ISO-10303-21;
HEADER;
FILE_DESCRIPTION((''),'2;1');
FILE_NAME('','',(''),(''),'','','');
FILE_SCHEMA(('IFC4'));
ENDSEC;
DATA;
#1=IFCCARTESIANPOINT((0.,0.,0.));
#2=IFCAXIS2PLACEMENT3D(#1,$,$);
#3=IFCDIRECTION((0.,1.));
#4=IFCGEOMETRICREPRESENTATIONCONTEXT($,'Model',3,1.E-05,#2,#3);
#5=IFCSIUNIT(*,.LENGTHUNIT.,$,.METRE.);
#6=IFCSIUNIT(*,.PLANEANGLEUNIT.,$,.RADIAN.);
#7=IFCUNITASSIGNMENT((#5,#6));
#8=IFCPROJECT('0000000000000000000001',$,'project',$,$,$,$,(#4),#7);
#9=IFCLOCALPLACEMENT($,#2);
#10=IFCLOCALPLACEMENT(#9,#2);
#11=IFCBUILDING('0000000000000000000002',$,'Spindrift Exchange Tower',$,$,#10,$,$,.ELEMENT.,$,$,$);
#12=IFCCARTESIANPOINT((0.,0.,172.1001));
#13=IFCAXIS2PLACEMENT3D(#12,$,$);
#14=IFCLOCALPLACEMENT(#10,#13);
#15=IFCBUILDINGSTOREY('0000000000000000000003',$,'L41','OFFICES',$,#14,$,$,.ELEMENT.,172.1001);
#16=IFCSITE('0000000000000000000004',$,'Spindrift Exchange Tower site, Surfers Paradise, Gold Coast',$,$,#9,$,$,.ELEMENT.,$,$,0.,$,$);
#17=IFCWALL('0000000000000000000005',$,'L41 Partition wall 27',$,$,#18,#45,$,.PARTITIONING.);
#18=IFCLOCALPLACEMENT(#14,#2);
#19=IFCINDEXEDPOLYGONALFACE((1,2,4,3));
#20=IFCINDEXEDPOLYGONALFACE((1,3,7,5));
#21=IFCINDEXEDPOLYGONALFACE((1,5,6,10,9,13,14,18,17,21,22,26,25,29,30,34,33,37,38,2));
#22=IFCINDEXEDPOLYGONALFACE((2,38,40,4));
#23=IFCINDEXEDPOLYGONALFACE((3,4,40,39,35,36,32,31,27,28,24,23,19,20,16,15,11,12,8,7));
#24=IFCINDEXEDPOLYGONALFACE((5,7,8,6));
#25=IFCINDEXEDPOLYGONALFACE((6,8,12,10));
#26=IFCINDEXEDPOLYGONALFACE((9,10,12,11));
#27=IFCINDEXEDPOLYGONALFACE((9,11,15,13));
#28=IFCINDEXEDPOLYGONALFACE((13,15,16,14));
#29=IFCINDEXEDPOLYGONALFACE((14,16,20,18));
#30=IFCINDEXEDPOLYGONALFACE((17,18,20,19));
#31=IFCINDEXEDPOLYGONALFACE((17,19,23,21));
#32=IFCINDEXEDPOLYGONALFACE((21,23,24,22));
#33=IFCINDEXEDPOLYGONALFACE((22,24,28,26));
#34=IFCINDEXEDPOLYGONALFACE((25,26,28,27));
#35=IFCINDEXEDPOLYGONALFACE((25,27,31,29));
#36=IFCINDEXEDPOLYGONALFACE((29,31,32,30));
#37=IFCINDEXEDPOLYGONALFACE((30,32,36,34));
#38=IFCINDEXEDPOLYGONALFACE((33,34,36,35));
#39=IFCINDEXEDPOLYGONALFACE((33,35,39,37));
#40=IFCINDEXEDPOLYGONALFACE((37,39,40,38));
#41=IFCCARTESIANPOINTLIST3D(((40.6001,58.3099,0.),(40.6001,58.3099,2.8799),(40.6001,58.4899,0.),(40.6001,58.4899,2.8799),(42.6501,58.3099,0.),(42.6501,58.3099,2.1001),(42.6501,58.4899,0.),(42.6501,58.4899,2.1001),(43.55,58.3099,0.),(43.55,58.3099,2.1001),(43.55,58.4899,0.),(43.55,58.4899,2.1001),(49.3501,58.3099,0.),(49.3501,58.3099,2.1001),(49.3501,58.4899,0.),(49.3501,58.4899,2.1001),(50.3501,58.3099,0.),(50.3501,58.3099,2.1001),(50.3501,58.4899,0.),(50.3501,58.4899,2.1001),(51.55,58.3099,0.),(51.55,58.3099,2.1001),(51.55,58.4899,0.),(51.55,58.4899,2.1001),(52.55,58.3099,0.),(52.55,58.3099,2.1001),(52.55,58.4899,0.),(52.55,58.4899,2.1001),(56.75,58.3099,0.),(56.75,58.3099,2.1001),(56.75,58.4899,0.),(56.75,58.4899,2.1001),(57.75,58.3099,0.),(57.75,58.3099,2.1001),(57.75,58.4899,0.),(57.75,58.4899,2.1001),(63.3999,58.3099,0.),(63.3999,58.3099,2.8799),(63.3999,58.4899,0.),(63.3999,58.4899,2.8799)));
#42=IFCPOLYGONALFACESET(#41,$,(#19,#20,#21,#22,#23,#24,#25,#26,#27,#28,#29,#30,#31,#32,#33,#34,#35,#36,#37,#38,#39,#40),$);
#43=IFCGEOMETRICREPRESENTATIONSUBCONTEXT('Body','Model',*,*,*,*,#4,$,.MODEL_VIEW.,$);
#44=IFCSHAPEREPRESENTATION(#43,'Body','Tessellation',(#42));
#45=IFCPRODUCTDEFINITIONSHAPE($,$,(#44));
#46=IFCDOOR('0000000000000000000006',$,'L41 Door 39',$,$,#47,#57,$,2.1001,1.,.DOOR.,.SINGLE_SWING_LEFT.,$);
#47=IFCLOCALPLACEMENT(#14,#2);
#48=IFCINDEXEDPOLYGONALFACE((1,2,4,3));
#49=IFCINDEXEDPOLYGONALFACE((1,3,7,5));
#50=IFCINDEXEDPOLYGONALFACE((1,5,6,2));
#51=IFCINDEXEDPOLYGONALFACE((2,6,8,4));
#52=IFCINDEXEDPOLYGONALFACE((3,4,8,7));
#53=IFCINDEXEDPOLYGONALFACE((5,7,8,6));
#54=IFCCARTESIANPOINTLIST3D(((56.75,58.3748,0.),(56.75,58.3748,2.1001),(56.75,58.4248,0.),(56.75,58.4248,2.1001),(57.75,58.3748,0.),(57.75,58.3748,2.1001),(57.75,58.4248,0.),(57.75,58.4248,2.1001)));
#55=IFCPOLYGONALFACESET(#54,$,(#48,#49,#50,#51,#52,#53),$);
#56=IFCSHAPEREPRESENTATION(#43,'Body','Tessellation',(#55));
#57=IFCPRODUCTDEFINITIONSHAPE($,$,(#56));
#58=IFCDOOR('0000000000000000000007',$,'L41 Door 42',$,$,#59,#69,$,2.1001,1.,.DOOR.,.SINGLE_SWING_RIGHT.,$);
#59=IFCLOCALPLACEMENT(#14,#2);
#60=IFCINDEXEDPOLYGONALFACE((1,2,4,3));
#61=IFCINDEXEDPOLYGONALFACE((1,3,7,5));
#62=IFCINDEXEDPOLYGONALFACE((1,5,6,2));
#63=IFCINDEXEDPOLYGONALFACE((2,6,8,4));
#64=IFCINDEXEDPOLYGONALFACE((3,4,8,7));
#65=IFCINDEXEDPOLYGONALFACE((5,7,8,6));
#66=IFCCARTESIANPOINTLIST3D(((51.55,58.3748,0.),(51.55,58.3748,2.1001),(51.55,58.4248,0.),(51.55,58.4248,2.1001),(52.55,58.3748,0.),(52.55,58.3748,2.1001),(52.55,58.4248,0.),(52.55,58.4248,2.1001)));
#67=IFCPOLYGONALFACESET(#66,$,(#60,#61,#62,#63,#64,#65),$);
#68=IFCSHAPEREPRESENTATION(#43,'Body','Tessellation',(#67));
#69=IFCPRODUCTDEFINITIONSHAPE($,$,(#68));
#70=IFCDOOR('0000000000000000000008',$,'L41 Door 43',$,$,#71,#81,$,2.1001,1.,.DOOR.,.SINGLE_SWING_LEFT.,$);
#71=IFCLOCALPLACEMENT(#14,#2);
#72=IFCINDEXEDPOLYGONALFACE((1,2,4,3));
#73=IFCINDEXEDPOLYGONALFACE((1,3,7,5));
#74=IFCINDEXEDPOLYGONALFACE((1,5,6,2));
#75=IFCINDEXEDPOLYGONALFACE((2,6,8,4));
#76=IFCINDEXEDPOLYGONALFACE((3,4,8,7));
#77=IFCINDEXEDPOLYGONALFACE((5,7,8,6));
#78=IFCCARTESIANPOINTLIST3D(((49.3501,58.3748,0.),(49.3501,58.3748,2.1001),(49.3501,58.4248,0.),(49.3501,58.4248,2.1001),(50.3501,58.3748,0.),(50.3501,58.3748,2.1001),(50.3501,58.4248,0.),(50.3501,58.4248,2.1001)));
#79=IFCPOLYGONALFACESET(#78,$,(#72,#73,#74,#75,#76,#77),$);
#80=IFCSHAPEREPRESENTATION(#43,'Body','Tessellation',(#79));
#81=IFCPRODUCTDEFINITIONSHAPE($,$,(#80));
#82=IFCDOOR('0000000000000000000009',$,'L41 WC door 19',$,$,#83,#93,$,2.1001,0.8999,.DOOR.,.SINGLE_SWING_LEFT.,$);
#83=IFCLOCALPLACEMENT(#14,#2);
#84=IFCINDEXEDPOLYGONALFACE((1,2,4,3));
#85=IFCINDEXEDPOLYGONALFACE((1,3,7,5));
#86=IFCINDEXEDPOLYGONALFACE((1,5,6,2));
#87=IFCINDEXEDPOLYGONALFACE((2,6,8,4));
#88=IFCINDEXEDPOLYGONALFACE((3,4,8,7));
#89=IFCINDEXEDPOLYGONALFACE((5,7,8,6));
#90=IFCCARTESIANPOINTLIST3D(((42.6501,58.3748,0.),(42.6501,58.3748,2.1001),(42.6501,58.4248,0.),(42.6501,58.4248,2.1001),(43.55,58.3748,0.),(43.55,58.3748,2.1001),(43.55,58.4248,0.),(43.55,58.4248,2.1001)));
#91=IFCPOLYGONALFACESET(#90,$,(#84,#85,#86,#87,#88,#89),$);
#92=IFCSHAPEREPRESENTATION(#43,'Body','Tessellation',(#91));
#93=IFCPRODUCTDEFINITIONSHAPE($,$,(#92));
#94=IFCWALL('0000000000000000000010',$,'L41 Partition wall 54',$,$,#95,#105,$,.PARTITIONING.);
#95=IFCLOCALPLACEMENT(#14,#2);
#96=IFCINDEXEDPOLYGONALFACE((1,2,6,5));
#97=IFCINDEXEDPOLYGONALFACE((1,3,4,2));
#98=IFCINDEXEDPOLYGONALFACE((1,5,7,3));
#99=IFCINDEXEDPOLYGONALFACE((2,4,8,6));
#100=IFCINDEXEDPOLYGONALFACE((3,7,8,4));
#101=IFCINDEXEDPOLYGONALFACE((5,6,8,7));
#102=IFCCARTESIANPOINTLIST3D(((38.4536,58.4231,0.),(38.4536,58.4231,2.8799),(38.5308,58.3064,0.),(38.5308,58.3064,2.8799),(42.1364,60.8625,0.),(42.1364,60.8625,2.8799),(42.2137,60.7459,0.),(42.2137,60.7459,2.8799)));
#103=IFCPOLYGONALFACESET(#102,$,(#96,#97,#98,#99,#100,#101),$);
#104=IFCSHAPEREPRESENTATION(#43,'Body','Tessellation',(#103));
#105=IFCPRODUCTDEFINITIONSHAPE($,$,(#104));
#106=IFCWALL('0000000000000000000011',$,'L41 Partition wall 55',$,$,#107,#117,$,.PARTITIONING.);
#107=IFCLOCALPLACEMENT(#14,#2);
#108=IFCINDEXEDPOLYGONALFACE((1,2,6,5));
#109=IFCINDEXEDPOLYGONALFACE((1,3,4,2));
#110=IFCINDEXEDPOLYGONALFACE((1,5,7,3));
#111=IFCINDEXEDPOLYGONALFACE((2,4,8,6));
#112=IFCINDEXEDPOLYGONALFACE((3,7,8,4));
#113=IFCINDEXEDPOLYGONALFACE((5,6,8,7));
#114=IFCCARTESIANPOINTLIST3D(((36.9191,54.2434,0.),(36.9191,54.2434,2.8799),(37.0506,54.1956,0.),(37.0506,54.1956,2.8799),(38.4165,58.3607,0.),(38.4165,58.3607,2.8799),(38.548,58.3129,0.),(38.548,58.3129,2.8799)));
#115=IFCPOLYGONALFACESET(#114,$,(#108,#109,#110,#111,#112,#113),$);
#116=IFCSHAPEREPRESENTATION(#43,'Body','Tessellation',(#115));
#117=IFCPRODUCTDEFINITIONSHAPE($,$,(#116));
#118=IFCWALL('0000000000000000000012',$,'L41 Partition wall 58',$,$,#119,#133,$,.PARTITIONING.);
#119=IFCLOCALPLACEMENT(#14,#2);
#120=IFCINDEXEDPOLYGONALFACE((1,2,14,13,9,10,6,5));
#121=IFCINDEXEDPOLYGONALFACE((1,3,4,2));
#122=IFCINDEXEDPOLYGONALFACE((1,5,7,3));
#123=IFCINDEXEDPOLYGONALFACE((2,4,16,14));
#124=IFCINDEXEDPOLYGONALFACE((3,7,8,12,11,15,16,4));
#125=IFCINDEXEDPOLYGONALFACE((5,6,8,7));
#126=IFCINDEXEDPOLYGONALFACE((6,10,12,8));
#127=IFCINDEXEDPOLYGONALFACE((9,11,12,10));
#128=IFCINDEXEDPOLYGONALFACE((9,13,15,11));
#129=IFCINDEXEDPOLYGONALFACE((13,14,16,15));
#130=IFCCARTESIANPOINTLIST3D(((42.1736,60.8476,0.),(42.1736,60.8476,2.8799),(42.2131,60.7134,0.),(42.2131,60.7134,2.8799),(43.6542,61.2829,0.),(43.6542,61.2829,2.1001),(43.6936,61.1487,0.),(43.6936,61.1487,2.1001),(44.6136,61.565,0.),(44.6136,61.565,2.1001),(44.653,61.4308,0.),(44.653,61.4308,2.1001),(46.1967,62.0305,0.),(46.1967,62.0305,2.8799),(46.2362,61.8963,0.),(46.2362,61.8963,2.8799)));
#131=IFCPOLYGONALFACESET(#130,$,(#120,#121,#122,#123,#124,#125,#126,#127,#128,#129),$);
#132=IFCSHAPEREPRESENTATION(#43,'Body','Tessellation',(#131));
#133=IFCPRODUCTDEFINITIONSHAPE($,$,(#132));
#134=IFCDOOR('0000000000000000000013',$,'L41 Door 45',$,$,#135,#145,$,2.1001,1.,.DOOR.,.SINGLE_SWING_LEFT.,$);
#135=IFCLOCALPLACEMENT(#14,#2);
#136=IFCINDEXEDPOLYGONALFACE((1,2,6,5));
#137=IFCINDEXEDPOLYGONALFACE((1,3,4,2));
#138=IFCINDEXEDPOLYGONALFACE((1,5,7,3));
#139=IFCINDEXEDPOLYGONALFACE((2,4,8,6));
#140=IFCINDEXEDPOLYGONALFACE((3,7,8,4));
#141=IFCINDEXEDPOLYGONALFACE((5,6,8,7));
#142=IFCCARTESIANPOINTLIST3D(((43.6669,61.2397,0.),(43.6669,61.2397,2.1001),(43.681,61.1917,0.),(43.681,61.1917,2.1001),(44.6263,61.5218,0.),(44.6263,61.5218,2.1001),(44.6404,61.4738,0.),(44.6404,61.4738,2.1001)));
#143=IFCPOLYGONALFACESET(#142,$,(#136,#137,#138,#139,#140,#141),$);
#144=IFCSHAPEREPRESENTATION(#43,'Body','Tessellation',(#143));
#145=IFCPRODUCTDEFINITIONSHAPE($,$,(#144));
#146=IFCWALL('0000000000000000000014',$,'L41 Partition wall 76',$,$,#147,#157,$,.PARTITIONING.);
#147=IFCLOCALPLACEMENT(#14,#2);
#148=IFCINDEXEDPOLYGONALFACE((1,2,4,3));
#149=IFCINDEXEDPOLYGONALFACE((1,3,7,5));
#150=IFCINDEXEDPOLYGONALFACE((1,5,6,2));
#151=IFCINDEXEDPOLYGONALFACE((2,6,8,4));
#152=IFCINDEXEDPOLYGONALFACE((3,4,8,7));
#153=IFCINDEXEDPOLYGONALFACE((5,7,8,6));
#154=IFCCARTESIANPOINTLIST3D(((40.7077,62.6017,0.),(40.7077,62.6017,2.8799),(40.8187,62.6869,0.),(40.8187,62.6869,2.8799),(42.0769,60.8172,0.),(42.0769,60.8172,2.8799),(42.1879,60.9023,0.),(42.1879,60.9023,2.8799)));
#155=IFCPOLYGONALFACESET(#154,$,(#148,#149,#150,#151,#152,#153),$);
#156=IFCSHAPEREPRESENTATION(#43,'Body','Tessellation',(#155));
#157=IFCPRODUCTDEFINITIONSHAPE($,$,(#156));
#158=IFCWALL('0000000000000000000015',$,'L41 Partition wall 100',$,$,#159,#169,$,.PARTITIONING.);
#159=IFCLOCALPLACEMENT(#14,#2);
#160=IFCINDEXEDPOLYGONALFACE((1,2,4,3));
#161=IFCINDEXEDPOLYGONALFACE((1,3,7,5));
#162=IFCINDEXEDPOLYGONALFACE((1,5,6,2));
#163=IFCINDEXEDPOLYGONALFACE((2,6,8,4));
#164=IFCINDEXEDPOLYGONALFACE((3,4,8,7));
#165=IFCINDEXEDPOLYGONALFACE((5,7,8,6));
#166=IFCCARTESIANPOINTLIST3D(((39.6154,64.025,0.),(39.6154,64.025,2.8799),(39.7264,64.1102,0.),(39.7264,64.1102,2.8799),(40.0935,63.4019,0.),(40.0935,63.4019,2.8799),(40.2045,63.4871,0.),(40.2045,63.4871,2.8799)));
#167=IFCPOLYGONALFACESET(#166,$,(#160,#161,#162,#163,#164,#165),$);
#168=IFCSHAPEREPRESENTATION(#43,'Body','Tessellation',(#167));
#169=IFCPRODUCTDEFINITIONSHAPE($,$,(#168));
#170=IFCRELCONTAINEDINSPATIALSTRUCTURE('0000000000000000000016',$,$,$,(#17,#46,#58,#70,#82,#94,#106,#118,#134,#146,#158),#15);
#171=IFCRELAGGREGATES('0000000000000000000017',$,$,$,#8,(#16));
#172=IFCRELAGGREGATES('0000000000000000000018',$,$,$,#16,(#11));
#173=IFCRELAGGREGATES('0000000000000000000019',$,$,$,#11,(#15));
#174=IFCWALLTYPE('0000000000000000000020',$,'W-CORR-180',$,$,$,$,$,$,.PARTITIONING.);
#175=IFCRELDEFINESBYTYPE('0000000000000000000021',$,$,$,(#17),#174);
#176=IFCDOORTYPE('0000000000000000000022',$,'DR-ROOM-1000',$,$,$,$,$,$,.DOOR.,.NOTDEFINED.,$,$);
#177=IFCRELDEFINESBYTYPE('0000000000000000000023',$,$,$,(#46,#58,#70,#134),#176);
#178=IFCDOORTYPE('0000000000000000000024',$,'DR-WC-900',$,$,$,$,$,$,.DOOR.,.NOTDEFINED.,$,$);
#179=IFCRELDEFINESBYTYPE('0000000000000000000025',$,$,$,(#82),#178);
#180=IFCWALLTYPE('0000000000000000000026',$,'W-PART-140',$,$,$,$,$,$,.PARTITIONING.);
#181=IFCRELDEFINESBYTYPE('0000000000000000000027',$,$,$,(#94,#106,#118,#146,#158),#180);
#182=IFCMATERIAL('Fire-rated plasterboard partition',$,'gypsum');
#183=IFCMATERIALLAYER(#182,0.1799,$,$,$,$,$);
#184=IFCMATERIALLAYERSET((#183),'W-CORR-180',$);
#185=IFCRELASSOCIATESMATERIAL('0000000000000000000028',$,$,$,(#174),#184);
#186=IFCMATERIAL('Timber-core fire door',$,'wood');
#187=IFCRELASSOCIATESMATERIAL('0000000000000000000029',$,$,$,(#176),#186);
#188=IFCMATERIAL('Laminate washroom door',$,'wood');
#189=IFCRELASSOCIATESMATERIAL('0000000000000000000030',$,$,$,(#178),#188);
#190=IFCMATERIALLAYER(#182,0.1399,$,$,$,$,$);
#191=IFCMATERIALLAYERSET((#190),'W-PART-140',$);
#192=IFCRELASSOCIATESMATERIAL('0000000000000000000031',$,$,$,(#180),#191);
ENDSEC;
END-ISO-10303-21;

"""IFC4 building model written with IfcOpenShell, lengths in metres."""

from ifc_helpers import new_model, si_unit, direction, frame, frame_2d, origin, place, context, subcontext, project, spatial, rectangle, extrude, source, transform, mapped, material, layer, layer_set, type_object, element, fill, save


model = new_model("IFC4")

# Units and contexts
model_context = context("Model", 3, precision=1e-05, world=origin(), true_north=direction((0.0, 1.0)))
body_context = subcontext(model_context, "Body", "Model", "MODEL_VIEW")
ifc_project = project(units=[si_unit("LENGTHUNIT", "METRE"), si_unit("PLANEANGLEUNIT", "RADIAN")], contexts=[model_context])

# Site, building, storey
site_placement = place(None, origin())
site = spatial("IfcSite", under=ifc_project, at=site_placement, Name="Spindrift Exchange Tower site, Surfers Paradise, Gold Coast", CompositionType="ELEMENT", RefElevation=0.0)
building_placement = place(site_placement, origin())
building = spatial("IfcBuilding", under=site, at=building_placement, Name="Spindrift Exchange Tower", CompositionType="ELEMENT")
storey_placement = place(building_placement, frame((0.0, 0.0, 172.1001)))
storey = spatial("IfcBuildingStorey", under=building, at=storey_placement, Name="L41", Description="OFFICES", CompositionType="ELEMENT", Elevation=172.1001)

# Wall, openings, doors
ifc_material_1 = material(Name="Fire-rated plasterboard partition", Category="gypsum")
ifc_layer_1 = layer(ifc_material_1, 0.1799)
ifc_layer_set_1 = layer_set([ifc_layer_1], Name="W-CORR-180")
wall_type_1 = type_object("IfcWallType", Name="W-CORR-180", PredefinedType="PARTITIONING", material=ifc_layer_set_1)
wall_1_placement = place(storey_placement, frame((40.6001, 58.3999, 0.0), z_axis=(0.0, 0.0, 1.0), x_axis=(1.0, 0.0, 0.0)))
wall_1 = element("IfcWall", 1, at=wall_1_placement, inside=storey, type_object=wall_type_1, Name="L41 Partition wall 27", PredefinedType="PARTITIONING", context=body_context, shape_type="SweptSolid", body=[
    extrude(rectangle(XDim=22.7998, YDim=0.1799, at=frame_2d((11.3999, 0.0))), origin(), (0.0, 0.0, 1.0), 2.8799),
])
opening_1_placement = place(wall_1_placement, frame((2.05, 0.0, 0.0)))
opening_1 = element("IfcOpeningElement", 2, at=opening_1_placement, cuts=wall_1, PredefinedType="OPENING", context=body_context, shape_type="SweptSolid", body=[
    extrude(rectangle(XDim=0.8999, YDim=2.1001, at=frame_2d((0.45, 1.05))), frame((0.0, 0.0999, 0.0), z_axis=(0.0, -1.0, 0.0), x_axis=(1.0, 0.0, 0.0)), (0.0, 0.0, 1.0), 0.2),
])
opening_2_placement = place(wall_1_placement, frame((16.1499, 0.0, 0.0)))
opening_2 = element("IfcOpeningElement", 3, at=opening_2_placement, cuts=wall_1, PredefinedType="OPENING", context=body_context, shape_type="SweptSolid", body=[
    extrude(rectangle(XDim=1.0, YDim=2.1001, at=frame_2d((0.5, 1.05))), frame((0.0, 0.0999, 0.0), z_axis=(0.0, -1.0, 0.0), x_axis=(1.0, 0.0, 0.0)), (0.0, 0.0, 1.0), 0.2),
])
opening_3_placement = place(wall_1_placement, frame((10.95, 0.0, 0.0)))
opening_3 = element("IfcOpeningElement", 4, at=opening_3_placement, cuts=wall_1, PredefinedType="OPENING", context=body_context, shape_type="SweptSolid", body=[
    extrude(rectangle(XDim=1.0, YDim=2.1001, at=frame_2d((0.5, 1.05))), frame((0.0, 0.0999, 0.0), z_axis=(0.0, -1.0, 0.0), x_axis=(1.0, 0.0, 0.0)), (0.0, 0.0, 1.0), 0.2),
])
opening_4_placement = place(wall_1_placement, frame((8.75, 0.0, 0.0)))
opening_4 = element("IfcOpeningElement", 5, at=opening_4_placement, cuts=wall_1, PredefinedType="OPENING", context=body_context, shape_type="SweptSolid", body=[
    extrude(rectangle(XDim=1.0, YDim=2.1001, at=frame_2d((0.5, 1.05))), frame((0.0, 0.0999, 0.0), z_axis=(0.0, -1.0, 0.0), x_axis=(1.0, 0.0, 0.0)), (0.0, 0.0, 1.0), 0.2),
])
ifc_material_2 = material(Name="Timber-core fire door", Category="wood")
door_type_1 = type_object("IfcDoorType", Name="DR-ROOM-1000", OperationType="NOTDEFINED", PredefinedType="DOOR", material=ifc_material_2)
shared_shape_1 = source(origin(), body_context, "Body", "SweptSolid", [
    extrude(rectangle(XDim=1.0, YDim=2.1001, at=frame_2d((0.5, 1.05))), frame((0.0, 0.0249, 0.0), z_axis=(0.0, -1.0, 0.0), x_axis=(1.0, 0.0, 0.0)), (0.0, 0.0, 1.0), 0.05),
])
door_1_placement = place(opening_2_placement, origin())
door_1 = element("IfcDoor", 6, at=door_1_placement, inside=storey, type_object=door_type_1, Name="L41 Door 39", OperationType="SINGLE_SWING_LEFT", OverallHeight=2.1001, OverallWidth=1.0, PredefinedType="DOOR", context=body_context, shape_type="MappedRepresentation", body=[
    mapped(shared_shape_1, transform((0.0, 0.0, 0.0), scale=1.0)),
])
fill(opening_2, door_1)
door_2_placement = place(opening_3_placement, origin())
door_2 = element("IfcDoor", 7, at=door_2_placement, inside=storey, type_object=door_type_1, Name="L41 Door 42", OperationType="SINGLE_SWING_RIGHT", OverallHeight=2.1001, OverallWidth=1.0, PredefinedType="DOOR", context=body_context, shape_type="MappedRepresentation", body=[
    mapped(shared_shape_1, transform((0.0, 0.0, 0.0), scale=1.0)),
])
fill(opening_3, door_2)
door_3_placement = place(opening_4_placement, origin())
door_3 = element("IfcDoor", 8, at=door_3_placement, inside=storey, type_object=door_type_1, Name="L41 Door 43", OperationType="SINGLE_SWING_LEFT", OverallHeight=2.1001, OverallWidth=1.0, PredefinedType="DOOR", context=body_context, shape_type="MappedRepresentation", body=[
    mapped(shared_shape_1, transform((0.0, 0.0, 0.0), scale=1.0)),
])
fill(opening_4, door_3)
ifc_material_3 = material(Name="Laminate washroom door", Category="wood")
door_type_2 = type_object("IfcDoorType", Name="DR-WC-900", OperationType="NOTDEFINED", PredefinedType="DOOR", material=ifc_material_3)
shared_shape_2 = source(origin(), body_context, "Body", "SweptSolid", [
    extrude(rectangle(XDim=0.8999, YDim=2.1001, at=frame_2d((0.45, 1.05))), frame((0.0, 0.0249, 0.0), z_axis=(0.0, -1.0, 0.0), x_axis=(1.0, 0.0, 0.0)), (0.0, 0.0, 1.0), 0.05),
])
door_4_placement = place(opening_1_placement, origin())
door_4 = element("IfcDoor", 9, at=door_4_placement, inside=storey, type_object=door_type_2, Name="L41 WC door 19", OperationType="SINGLE_SWING_LEFT", OverallHeight=2.1001, OverallWidth=0.8999, PredefinedType="DOOR", context=body_context, shape_type="MappedRepresentation", body=[
    mapped(shared_shape_2, transform((0.0, 0.0, 0.0), scale=1.0)),
])
fill(opening_1, door_4)

# Walls
ifc_layer_2 = layer(ifc_material_1, 0.1399)
ifc_layer_set_2 = layer_set([ifc_layer_2], Name="W-PART-140")
wall_type_2 = type_object("IfcWallType", Name="W-PART-140", PredefinedType="PARTITIONING", material=ifc_layer_set_2)
wall_2_placement = place(storey_placement, frame((42.175, 60.8042, 0.0), z_axis=(0.0, 0.0, 1.0), x_axis=(-0.833696, -0.552224, 0.0)))
element("IfcWall", 10, at=wall_2_placement, inside=storey, type_object=wall_type_2, Name="L41 Partition wall 54", PredefinedType="PARTITIONING", context=body_context, shape_type="SweptSolid", body=[
    extrude(rectangle(XDim=4.4175, YDim=0.1399, at=frame_2d((2.2087, 0.0))), origin(), (0.0, 0.0, 1.0), 2.8799),
])
wall_3_placement = place(storey_placement, frame((38.4822, 58.3367, 0.0), z_axis=(0.0, 0.0, 1.0), x_axis=(-0.341774, -0.939782, 0.0)))
element("IfcWall", 11, at=wall_3_placement, inside=storey, type_object=wall_type_2, Name="L41 Partition wall 55", PredefinedType="PARTITIONING", context=body_context, shape_type="SweptSolid", body=[
    extrude(rectangle(XDim=4.3811, YDim=0.1399, at=frame_2d((2.1904, 0.0))), origin(), (0.0, 0.0, 1.0), 2.8799),
])

# Wall, opening, door
wall_4_placement = place(storey_placement, frame((42.1934, 60.7805, 0.0), z_axis=(0.0, 0.0, 1.0), x_axis=(0.959389, 0.282088, 0.0)))
wall_4 = element("IfcWall", 12, at=wall_4_placement, inside=storey, type_object=wall_type_2, Name="L41 Partition wall 58", PredefinedType="PARTITIONING", context=body_context, shape_type="SweptSolid", body=[
    extrude(rectangle(XDim=4.1934, YDim=0.1399, at=frame_2d((2.0967, 0.0))), origin(), (0.0, 0.0, 1.0), 2.8799),
])
opening_5_placement = place(wall_4_placement, frame((1.5432, 0.0, 0.0)))
opening_5 = element("IfcOpeningElement", 13, at=opening_5_placement, cuts=wall_4, PredefinedType="OPENING", context=body_context, shape_type="SweptSolid", body=[
    extrude(rectangle(XDim=1.0, YDim=2.1001, at=frame_2d((0.5, 1.05))), frame((0.0, 0.0798, 0.0), z_axis=(0.0, -1.0, 0.0), x_axis=(1.0, 0.0, 0.0)), (0.0, 0.0, 1.0), 0.1599),
])
door_5_placement = place(opening_5_placement, origin())
door_5 = element("IfcDoor", 14, at=door_5_placement, inside=storey, type_object=door_type_1, Name="L41 Door 45", OperationType="SINGLE_SWING_LEFT", OverallHeight=2.1001, OverallWidth=1.0, PredefinedType="DOOR", context=body_context, shape_type="MappedRepresentation", body=[
    mapped(shared_shape_1, transform((0.0, 0.0, 0.0), scale=1.0)),
])
fill(opening_5, door_5)

# Walls
wall_5_placement = place(storey_placement, frame((42.1323, 60.8599, 0.0), z_axis=(0.0, 0.0, 1.0), x_axis=(-0.608735, 0.793374, 0.0)))
element("IfcWall", 15, at=wall_5_placement, inside=storey, type_object=wall_type_2, Name="L41 Partition wall 76", PredefinedType="PARTITIONING", context=body_context, shape_type="SweptSolid", body=[
    extrude(rectangle(XDim=2.2493, YDim=0.1399, at=frame_2d((1.1245, 0.0))), origin(), (0.0, 0.0, 1.0), 2.8799),
])
wall_6_placement = place(storey_placement, frame((40.1489, 63.4446, 0.0), z_axis=(0.0, 0.0, 1.0), x_axis=(-0.608719, 0.793386, 0.0)))
element("IfcWall", 16, at=wall_6_placement, inside=storey, type_object=wall_type_2, Name="L41 Partition wall 100", PredefinedType="PARTITIONING", context=body_context, shape_type="SweptSolid", body=[
    extrude(rectangle(XDim=0.7854, YDim=0.1399, at=frame_2d((0.3926, 0.0))), origin(), (0.0, 0.0, 1.0), 2.8799),
])

save(model, "model.ifc")
